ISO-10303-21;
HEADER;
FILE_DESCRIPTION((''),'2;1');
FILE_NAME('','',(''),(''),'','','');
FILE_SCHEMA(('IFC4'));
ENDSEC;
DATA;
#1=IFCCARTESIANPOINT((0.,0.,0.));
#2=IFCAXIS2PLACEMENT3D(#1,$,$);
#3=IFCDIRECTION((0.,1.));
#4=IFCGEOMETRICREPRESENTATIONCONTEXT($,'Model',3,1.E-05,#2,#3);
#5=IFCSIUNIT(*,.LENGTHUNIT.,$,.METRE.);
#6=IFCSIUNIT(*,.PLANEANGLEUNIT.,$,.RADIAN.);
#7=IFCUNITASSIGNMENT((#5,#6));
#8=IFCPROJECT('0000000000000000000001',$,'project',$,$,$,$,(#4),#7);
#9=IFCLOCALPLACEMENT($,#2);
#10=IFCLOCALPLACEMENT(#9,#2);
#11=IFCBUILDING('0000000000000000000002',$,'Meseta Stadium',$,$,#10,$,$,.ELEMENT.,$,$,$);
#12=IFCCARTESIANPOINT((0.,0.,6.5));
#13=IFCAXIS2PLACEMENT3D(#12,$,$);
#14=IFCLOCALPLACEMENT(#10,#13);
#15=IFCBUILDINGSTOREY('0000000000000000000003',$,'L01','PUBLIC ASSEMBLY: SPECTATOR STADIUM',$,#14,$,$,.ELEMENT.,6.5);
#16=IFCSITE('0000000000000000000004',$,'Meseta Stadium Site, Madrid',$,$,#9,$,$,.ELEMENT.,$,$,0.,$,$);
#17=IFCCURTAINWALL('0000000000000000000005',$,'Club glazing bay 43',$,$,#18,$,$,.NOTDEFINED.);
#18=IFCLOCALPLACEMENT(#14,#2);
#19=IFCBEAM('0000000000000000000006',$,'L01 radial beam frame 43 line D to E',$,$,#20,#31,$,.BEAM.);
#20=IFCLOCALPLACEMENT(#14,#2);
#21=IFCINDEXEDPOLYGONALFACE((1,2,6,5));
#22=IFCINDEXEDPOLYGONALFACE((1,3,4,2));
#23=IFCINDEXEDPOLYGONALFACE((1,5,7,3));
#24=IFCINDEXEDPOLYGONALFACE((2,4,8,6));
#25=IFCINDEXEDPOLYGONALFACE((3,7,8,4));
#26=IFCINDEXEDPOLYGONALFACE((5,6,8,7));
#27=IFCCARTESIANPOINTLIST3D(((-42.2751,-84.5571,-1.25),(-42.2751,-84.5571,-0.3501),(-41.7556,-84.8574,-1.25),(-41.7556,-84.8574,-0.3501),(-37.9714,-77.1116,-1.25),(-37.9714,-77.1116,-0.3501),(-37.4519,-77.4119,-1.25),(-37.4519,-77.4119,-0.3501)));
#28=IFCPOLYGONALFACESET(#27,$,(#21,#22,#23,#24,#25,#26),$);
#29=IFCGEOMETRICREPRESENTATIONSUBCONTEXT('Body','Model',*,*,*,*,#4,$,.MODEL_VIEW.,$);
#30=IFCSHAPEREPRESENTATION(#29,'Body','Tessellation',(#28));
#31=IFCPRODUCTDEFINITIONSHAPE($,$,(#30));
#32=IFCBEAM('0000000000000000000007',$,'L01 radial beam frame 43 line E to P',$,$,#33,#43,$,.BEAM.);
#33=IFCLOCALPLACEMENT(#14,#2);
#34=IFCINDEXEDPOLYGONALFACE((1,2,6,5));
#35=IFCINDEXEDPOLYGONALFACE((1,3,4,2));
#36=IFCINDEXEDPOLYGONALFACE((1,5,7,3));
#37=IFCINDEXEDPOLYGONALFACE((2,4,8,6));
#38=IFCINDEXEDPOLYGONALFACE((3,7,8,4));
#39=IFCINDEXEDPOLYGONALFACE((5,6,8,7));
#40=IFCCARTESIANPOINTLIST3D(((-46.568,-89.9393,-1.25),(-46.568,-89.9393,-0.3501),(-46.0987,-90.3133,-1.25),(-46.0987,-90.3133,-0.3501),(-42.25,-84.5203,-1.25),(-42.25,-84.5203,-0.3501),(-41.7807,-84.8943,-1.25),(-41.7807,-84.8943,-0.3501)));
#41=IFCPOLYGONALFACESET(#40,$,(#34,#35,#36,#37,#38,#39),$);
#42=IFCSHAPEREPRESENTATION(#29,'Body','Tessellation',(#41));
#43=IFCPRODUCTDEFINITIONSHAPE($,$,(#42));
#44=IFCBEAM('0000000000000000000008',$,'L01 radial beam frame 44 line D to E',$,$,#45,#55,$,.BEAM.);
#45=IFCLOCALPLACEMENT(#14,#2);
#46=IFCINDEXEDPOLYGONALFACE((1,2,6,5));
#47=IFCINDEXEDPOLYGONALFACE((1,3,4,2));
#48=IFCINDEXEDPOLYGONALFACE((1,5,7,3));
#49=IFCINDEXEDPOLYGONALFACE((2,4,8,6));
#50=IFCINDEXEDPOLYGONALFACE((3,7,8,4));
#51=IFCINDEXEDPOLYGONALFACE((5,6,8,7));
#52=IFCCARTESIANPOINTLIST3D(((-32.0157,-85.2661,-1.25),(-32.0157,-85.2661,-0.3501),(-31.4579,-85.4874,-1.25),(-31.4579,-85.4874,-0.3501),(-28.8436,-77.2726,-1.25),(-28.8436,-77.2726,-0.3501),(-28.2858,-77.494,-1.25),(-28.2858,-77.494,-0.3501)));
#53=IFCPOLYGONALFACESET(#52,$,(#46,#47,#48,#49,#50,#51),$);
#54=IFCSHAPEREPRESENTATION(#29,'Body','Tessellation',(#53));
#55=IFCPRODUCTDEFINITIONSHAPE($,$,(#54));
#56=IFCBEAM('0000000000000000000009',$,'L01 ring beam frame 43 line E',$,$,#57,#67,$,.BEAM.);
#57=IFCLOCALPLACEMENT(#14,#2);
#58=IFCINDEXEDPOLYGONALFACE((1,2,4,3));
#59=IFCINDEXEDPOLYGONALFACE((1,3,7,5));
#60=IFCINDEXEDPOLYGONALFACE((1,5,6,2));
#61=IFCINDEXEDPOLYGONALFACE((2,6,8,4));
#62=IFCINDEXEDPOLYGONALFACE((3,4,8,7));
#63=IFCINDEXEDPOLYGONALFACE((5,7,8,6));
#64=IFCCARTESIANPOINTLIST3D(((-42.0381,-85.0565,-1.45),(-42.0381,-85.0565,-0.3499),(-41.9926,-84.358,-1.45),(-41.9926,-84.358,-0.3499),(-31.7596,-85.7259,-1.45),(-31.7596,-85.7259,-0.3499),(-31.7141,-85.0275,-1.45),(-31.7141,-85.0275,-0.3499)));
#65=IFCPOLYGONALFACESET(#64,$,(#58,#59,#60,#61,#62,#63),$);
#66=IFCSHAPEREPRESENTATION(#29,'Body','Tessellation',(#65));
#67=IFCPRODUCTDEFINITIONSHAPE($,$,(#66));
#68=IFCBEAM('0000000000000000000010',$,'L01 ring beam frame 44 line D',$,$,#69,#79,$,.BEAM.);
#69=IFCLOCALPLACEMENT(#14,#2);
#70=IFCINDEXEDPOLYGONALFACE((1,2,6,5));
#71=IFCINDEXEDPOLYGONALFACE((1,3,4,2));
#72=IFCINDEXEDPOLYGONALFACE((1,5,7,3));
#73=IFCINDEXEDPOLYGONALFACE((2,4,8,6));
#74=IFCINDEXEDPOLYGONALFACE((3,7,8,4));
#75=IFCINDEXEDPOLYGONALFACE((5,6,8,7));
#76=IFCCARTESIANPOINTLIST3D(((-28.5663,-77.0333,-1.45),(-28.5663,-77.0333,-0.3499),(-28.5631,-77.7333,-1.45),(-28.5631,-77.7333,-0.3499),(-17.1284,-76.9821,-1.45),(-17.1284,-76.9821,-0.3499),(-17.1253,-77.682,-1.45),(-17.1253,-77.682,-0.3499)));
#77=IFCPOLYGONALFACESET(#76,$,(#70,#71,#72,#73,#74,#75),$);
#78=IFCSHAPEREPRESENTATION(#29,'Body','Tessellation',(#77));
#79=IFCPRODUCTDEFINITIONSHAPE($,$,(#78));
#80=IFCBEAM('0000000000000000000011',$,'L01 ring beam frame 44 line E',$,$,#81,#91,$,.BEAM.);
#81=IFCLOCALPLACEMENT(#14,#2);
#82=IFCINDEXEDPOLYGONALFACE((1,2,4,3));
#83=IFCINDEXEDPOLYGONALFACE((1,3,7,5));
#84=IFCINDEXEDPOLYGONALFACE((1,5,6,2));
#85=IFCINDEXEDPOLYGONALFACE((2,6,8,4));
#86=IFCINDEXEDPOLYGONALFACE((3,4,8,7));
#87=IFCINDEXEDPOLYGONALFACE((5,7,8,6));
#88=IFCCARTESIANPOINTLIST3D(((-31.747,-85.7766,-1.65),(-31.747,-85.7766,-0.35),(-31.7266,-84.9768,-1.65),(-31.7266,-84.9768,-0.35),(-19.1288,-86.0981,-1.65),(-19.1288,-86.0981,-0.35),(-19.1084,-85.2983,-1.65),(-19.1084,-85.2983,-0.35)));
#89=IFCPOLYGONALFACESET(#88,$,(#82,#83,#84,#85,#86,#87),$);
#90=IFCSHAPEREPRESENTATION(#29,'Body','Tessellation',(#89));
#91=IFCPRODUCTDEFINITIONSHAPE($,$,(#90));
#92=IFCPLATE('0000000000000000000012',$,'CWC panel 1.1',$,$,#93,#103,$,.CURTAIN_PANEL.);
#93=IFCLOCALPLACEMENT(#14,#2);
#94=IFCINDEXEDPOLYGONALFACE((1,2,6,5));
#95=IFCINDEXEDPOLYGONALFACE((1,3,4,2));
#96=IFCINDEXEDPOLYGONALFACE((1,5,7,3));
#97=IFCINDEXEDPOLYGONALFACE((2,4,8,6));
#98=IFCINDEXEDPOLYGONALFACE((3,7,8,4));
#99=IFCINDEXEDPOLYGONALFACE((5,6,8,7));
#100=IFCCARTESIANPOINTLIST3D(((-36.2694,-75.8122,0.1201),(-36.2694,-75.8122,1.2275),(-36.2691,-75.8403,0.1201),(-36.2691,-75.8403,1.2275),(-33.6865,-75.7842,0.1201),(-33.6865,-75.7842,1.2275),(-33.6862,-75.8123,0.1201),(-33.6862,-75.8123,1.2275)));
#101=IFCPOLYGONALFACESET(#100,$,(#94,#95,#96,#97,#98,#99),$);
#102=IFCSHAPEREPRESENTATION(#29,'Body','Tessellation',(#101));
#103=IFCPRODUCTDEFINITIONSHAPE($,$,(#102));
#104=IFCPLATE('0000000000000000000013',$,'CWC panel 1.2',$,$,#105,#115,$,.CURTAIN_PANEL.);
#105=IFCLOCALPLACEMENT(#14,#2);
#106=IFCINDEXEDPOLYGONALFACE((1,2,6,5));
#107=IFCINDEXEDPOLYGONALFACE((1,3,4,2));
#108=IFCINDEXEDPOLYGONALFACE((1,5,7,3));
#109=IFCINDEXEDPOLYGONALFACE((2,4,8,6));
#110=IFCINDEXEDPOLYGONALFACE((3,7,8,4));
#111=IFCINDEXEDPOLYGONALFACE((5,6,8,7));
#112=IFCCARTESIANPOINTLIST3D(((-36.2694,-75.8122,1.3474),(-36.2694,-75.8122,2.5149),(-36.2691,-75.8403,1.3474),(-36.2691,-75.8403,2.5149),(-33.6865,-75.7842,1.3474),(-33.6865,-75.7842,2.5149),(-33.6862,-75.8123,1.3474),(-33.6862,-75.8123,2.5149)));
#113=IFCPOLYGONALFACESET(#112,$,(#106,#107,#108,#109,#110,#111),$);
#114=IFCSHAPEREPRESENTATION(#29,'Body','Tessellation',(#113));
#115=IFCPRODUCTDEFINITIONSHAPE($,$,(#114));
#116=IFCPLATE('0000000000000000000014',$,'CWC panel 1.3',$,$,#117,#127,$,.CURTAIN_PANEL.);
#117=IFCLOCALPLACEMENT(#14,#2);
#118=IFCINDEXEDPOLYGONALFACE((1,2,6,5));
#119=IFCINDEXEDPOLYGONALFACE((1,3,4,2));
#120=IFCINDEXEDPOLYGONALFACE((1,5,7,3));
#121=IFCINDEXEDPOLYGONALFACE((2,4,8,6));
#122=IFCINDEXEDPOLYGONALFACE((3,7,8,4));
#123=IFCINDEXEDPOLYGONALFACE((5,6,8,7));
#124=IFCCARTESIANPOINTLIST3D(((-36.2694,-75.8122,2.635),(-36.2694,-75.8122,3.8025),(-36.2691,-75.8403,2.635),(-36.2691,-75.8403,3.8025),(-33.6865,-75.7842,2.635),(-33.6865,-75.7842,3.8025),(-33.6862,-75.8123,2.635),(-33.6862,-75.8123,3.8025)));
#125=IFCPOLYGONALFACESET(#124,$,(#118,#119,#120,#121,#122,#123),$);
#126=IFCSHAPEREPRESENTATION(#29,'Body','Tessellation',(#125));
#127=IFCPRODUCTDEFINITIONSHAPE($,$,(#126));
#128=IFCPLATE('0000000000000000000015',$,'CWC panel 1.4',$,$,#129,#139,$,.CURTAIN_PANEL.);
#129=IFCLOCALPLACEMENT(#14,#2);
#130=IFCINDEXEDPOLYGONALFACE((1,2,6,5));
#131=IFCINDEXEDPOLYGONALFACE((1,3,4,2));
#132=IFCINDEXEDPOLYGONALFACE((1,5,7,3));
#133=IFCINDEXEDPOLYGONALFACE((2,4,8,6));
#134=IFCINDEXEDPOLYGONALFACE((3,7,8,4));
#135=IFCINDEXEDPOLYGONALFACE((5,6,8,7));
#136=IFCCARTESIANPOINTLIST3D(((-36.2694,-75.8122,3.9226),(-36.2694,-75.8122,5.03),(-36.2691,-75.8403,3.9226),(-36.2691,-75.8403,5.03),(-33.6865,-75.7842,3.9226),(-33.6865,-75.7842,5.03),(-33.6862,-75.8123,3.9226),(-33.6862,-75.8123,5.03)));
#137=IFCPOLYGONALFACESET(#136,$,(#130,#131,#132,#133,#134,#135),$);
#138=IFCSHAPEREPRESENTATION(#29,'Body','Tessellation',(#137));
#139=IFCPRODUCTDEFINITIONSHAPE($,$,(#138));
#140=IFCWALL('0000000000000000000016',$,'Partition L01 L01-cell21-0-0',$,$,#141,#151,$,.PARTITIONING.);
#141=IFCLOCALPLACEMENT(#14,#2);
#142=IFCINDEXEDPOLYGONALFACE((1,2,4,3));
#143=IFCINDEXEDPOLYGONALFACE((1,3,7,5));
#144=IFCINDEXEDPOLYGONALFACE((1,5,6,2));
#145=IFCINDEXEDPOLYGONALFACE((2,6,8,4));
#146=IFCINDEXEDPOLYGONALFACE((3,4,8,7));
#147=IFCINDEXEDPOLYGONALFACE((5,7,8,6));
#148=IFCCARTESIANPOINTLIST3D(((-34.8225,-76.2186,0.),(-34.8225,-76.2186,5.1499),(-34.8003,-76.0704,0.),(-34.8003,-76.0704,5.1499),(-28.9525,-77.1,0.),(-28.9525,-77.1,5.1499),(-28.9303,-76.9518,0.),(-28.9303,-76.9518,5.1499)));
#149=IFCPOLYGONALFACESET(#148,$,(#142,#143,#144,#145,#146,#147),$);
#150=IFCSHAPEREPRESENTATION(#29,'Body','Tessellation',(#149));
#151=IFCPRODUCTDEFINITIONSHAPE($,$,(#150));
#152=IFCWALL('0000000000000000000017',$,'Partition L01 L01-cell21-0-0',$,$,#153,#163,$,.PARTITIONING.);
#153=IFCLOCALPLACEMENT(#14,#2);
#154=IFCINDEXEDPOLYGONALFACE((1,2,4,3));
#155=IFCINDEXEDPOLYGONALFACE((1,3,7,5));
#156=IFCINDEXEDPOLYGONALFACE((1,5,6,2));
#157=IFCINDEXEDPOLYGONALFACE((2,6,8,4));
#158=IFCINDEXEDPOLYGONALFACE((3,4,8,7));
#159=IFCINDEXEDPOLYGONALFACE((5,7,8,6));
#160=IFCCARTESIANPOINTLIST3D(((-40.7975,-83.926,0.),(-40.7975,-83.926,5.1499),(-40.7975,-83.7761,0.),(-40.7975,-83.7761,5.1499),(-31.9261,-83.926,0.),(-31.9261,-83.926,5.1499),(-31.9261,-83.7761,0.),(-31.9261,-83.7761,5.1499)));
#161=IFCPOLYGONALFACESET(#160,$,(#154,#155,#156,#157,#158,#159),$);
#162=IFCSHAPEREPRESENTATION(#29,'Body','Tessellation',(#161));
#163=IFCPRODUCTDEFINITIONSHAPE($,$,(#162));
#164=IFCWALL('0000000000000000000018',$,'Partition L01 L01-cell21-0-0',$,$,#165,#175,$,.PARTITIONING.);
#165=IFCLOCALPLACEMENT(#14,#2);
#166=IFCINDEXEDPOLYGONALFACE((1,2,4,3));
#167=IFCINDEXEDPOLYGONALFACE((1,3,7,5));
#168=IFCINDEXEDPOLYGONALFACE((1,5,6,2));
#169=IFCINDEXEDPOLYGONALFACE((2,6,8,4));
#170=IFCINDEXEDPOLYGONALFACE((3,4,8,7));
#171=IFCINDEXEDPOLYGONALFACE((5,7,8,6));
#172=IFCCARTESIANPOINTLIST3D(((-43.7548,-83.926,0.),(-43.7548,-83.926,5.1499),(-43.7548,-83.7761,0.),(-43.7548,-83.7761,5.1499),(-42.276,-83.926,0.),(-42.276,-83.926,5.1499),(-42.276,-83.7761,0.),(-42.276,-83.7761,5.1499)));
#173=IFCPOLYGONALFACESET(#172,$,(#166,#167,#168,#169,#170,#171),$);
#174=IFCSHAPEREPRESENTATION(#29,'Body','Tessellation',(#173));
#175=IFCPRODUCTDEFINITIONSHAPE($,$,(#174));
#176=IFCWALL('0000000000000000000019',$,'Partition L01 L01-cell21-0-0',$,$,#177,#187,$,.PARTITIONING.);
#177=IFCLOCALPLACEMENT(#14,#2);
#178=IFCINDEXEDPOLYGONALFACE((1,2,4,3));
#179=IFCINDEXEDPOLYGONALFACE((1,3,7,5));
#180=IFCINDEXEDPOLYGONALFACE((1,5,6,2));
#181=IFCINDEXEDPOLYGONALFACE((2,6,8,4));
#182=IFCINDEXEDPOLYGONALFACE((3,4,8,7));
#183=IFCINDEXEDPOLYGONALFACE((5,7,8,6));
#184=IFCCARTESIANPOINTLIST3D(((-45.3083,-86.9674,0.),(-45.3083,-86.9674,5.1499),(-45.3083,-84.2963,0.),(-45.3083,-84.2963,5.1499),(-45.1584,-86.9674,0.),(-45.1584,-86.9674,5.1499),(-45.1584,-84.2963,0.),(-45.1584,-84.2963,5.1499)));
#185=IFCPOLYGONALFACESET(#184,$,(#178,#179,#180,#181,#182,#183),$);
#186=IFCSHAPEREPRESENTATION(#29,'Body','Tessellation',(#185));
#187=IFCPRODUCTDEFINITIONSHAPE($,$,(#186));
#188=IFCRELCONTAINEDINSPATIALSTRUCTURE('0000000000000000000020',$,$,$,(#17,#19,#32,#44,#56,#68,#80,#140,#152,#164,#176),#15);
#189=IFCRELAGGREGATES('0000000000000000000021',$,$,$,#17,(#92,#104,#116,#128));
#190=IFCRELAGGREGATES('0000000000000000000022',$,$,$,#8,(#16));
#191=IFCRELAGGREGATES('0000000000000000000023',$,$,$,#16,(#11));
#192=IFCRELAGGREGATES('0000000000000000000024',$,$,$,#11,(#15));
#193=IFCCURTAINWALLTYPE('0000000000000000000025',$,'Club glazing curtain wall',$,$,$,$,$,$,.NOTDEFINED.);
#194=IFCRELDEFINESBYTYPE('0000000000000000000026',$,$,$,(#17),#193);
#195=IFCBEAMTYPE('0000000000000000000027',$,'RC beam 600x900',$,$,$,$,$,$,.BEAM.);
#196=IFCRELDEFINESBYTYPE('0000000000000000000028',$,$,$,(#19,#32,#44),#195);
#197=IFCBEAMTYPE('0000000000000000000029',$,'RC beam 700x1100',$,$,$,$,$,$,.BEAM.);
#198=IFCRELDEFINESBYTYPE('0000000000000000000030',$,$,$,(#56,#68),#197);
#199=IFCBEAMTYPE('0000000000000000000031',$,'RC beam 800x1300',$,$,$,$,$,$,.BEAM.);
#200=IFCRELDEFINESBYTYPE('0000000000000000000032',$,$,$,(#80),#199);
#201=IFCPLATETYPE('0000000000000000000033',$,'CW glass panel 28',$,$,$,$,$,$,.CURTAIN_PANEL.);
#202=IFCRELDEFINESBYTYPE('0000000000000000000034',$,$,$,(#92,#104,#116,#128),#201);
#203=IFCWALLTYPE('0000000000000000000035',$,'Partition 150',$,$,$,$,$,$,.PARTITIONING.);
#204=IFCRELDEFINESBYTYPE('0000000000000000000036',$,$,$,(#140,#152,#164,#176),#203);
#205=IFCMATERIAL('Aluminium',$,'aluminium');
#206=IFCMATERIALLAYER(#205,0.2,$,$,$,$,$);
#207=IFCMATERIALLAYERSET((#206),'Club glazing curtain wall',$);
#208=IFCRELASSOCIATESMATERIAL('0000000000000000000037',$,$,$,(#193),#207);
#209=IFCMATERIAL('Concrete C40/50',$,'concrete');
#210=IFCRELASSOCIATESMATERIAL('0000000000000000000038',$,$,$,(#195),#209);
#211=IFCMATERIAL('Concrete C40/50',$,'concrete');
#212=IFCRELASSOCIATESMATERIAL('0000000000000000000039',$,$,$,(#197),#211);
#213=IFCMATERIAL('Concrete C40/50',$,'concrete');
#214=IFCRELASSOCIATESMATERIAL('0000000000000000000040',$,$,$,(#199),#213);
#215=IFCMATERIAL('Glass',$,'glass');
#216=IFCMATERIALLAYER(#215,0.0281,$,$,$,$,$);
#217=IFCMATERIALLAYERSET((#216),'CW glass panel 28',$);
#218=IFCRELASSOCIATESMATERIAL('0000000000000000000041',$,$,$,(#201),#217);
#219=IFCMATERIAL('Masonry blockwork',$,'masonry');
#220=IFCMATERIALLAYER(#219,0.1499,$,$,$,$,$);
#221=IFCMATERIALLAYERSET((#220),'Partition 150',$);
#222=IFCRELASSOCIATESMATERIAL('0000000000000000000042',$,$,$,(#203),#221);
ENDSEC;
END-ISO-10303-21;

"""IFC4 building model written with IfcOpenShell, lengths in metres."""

from ifc_helpers import new_model, si_unit, direction, frame, frame_2d, origin, origin_2d, place, context, subcontext, project, spatial, rectangle, extrude, material, layer, layer_set, material_profile, profile_set, type_object, element, aggregate, save


model = new_model("IFC4")

# Units and contexts
model_context = context("Model", 3, precision=1e-05, world=origin(), true_north=direction((0.0, 1.0)))
body_context = subcontext(model_context, "Body", "Model", "MODEL_VIEW")
ifc_project = project(units=[si_unit("LENGTHUNIT", "METRE"), si_unit("PLANEANGLEUNIT", "RADIAN")], contexts=[model_context])

# Site, building, storey
site_placement = place(None, origin())
site = spatial("IfcSite", under=ifc_project, at=site_placement, Name="Meseta Stadium Site, Madrid", CompositionType="ELEMENT", RefElevation=0.0)
building_placement = place(site_placement, origin())
building = spatial("IfcBuilding", under=site, at=building_placement, Name="Meseta Stadium", CompositionType="ELEMENT")
storey_placement = place(building_placement, frame((0.0, 0.0, 6.5)))
storey = spatial("IfcBuildingStorey", under=building, at=storey_placement, Name="L01", Description="PUBLIC ASSEMBLY: SPECTATOR STADIUM", CompositionType="ELEMENT", Elevation=6.5)

# Curtain wall
ifc_material_1 = material(Name="Aluminium", Category="aluminium")
ifc_layer_1 = layer(ifc_material_1, 0.2)
ifc_layer_set_1 = layer_set([ifc_layer_1], Name="Club glazing curtain wall")
curtain_wall_type = type_object("IfcCurtainWallType", Name="Club glazing curtain wall", PredefinedType="NOTDEFINED", material=ifc_layer_set_1)
curtain_wall_placement = place(storey_placement, origin())
curtain_wall = element("IfcCurtainWall", 1, at=curtain_wall_placement, inside=storey, type_object=curtain_wall_type, Name="Club glazing bay 43", PredefinedType="NOTDEFINED")

# Beams
ifc_material_2 = material(Name="Concrete C40/50", Category="concrete")
ifc_material_profile_1 = material_profile(ifc_material_2, rectangle(XDim=0.6001, YDim=0.8999, at=origin_2d()), Name="RC 600x900")
ifc_profile_set_1 = profile_set([ifc_material_profile_1], Name="Concrete C40/50")
beam_type_1 = type_object("IfcBeamType", Name="RC beam 600x900", PredefinedType="BEAM", material=ifc_profile_set_1)
beam_1_placement = place(storey_placement, frame((-37.7117, -77.2617, -0.8), z_axis=(-0.500437, -0.865773, 0.0), x_axis=(0.865773, -0.500437, 0.0)))
element("IfcBeam", 2, at=beam_1_placement, inside=storey, type_object=beam_type_1, Name="L01 radial beam frame 43 line D to E", PredefinedType="BEAM", context=body_context, shape_type="SweptSolid", body=[
    extrude(rectangle(XDim=0.6001, YDim=0.8999, at=origin_2d()), origin(), (0.0, 0.0, 1.0), 8.5999),
])
beam_2_placement = place(storey_placement, frame((-42.0154, -84.7073, -0.8), z_axis=(-0.623173, -0.782084, 0.0), x_axis=(0.782084, -0.623173, 0.0)))
element("IfcBeam", 3, at=beam_2_placement, inside=storey, type_object=beam_type_1, Name="L01 radial beam frame 43 line E to P", PredefinedType="BEAM", context=body_context, shape_type="SweptSolid", body=[
    extrude(rectangle(XDim=0.6001, YDim=0.8999, at=origin_2d()), origin(), (0.0, 0.0, 1.0), 6.929),
])
beam_3_placement = place(storey_placement, frame((-28.5647, -77.3833, -0.8), z_axis=(-0.368859, -0.929485, 0.0), x_axis=(0.929485, -0.368859, 0.0)))
element("IfcBeam", 4, at=beam_3_placement, inside=storey, type_object=beam_type_1, Name="L01 radial beam frame 44 line D to E", PredefinedType="BEAM", context=body_context, shape_type="SweptSolid", body=[
    extrude(rectangle(XDim=0.6001, YDim=0.8999, at=origin_2d()), origin(), (0.0, 0.0, 1.0), 8.5999),
])
ifc_material_3 = material(Name="Concrete C40/50", Category="concrete")
ifc_material_profile_2 = material_profile(ifc_material_3, rectangle(XDim=0.7, YDim=1.1001, at=origin_2d()), Name="RC 700x1100")
ifc_profile_set_2 = profile_set([ifc_material_profile_2], Name="Concrete C40/50")
beam_type_2 = type_object("IfcBeamType", Name="RC beam 700x1100", PredefinedType="BEAM", material=ifc_profile_set_2)
beam_4_placement = place(storey_placement, frame((-42.0154, -84.7073, -0.8999), z_axis=(0.997886, -0.064991, 0.0), x_axis=(0.064991, 0.997886, 0.0)))
element("IfcBeam", 5, at=beam_4_placement, inside=storey, type_object=beam_type_2, Name="L01 ring beam frame 43 line E", PredefinedType="BEAM", context=body_context, shape_type="SweptSolid", body=[
    extrude(rectangle(XDim=0.7, YDim=1.1001, at=origin_2d()), origin(), (0.0, 0.0, 1.0), 10.3003),
])
beam_5_placement = place(storey_placement, frame((-28.5647, -77.3833, -0.8999), z_axis=(0.99999, 0.004482, 0.0), x_axis=(-0.004482, 0.99999, 0.0)))
element("IfcBeam", 6, at=beam_5_placement, inside=storey, type_object=beam_type_2, Name="L01 ring beam frame 44 line D", PredefinedType="BEAM", context=body_context, shape_type="SweptSolid", body=[
    extrude(rectangle(XDim=0.7, YDim=1.1001, at=origin_2d()), origin(), (0.0, 0.0, 1.0), 11.438),
])
ifc_material_4 = material(Name="Concrete C40/50", Category="concrete")
ifc_material_profile_3 = material_profile(ifc_material_4, rectangle(XDim=0.8, YDim=1.3, at=origin_2d()), Name="RC 800x1300")
ifc_profile_set_3 = profile_set([ifc_material_profile_3], Name="Concrete C40/50")
beam_type_3 = type_object("IfcBeamType", Name="RC beam 800x1300", PredefinedType="BEAM", material=ifc_profile_set_3)
beam_6_placement = place(storey_placement, frame((-31.7368, -85.3767, -1.0), z_axis=(0.999675, -0.025474, 0.0), x_axis=(0.025474, 0.999675, 0.0)))
element("IfcBeam", 7, at=beam_6_placement, inside=storey, type_object=beam_type_3, Name="L01 ring beam frame 44 line E", PredefinedType="BEAM", context=body_context, shape_type="SweptSolid", body=[
    extrude(rectangle(XDim=0.8, YDim=1.3, at=origin_2d()), origin(), (0.0, 0.0, 1.0), 12.6223),
])

# Plates
ifc_material_5 = material(Name="Glass", Category="glass")
ifc_layer_2 = layer(ifc_material_5, 0.0281)
ifc_layer_set_2 = layer_set([ifc_layer_2], Name="CW glass panel 28")
plate_type = type_object("IfcPlateType", Name="CW glass panel 28", PredefinedType="CURTAIN_PANEL", material=ifc_layer_set_2)
plate_1_placement = place(storey_placement, frame((-34.9778, -75.8123, 0.1201), z_axis=(0.0, 0.0, 1.0), x_axis=(0.999941, 0.010843, 0.0)))
plate_1 = element("IfcPlate", 8, at=plate_1_placement, type_object=plate_type, Name="CWC panel 1.1", PredefinedType="CURTAIN_PANEL", context=body_context, shape_type="SweptSolid", body=[
    extrude(rectangle(XDim=2.583, YDim=0.0281, at=origin_2d()), origin(), (0.0, 0.0, 1.0), 1.1074),
])
plate_2_placement = place(storey_placement, frame((-34.9778, -75.8123, 1.3474), z_axis=(0.0, 0.0, 1.0), x_axis=(0.999941, 0.010843, 0.0)))
plate_2 = element("IfcPlate", 9, at=plate_2_placement, type_object=plate_type, Name="CWC panel 1.2", PredefinedType="CURTAIN_PANEL", context=body_context, shape_type="SweptSolid", body=[
    extrude(rectangle(XDim=2.583, YDim=0.0281, at=origin_2d()), origin(), (0.0, 0.0, 1.0), 1.1675),
])
plate_3_placement = place(storey_placement, frame((-34.9778, -75.8123, 2.635), z_axis=(0.0, 0.0, 1.0), x_axis=(0.999941, 0.010843, 0.0)))
plate_3 = element("IfcPlate", 10, at=plate_3_placement, type_object=plate_type, Name="CWC panel 1.3", PredefinedType="CURTAIN_PANEL", context=body_context, shape_type="SweptSolid", body=[
    extrude(rectangle(XDim=2.583, YDim=0.0281, at=origin_2d()), origin(), (0.0, 0.0, 1.0), 1.1675),
])
plate_4_placement = place(storey_placement, frame((-34.9778, -75.8123, 3.9226), z_axis=(0.0, 0.0, 1.0), x_axis=(0.999941, 0.010843, 0.0)))
plate_4 = element("IfcPlate", 11, at=plate_4_placement, type_object=plate_type, Name="CWC panel 1.4", PredefinedType="CURTAIN_PANEL", context=body_context, shape_type="SweptSolid", body=[
    extrude(rectangle(XDim=2.583, YDim=0.0281, at=origin_2d()), origin(), (0.0, 0.0, 1.0), 1.1074),
])
aggregate(curtain_wall, [plate_1, plate_2, plate_3, plate_4])

# Walls
ifc_material_6 = material(Name="Masonry blockwork", Category="masonry")
ifc_layer_3 = layer(ifc_material_6, 0.1499)
ifc_layer_set_3 = layer_set([ifc_layer_3], Name="Partition 150")
wall_type = type_object("IfcWallType", Name="Partition 150", PredefinedType="PARTITIONING", material=ifc_layer_set_3)
wall_1_placement = place(storey_placement, frame((-34.8113, -76.1445, 0.0), z_axis=(0.0, 0.0, 1.0), x_axis=(0.988915, -0.148483, 0.0)))
element("IfcWall", 12, at=wall_1_placement, inside=storey, type_object=wall_type, Name="Partition L01 L01-cell21-0-0", PredefinedType="PARTITIONING", context=body_context, shape_type="SweptSolid", body=[
    extrude(rectangle(XDim=5.9358, YDim=0.1499, at=frame_2d((2.9678, 0.0))), origin(), (0.0, 0.0, 1.0), 5.1499),
])
wall_2_placement = place(storey_placement, frame((-31.9263, -83.8511, 0.0), z_axis=(0.0, 0.0, 1.0), x_axis=(-1.0, 0.0, 0.0)))
element("IfcWall", 13, at=wall_2_placement, inside=storey, type_object=wall_type, Name="Partition L01 L01-cell21-0-0", PredefinedType="PARTITIONING", context=body_context, shape_type="SweptSolid", body=[
    extrude(rectangle(XDim=8.8713, YDim=0.1499, at=frame_2d((4.4355, 0.0))), origin(), (0.0, 0.0, 1.0), 5.1499),
])
wall_3_placement = place(storey_placement, frame((-42.2761, -83.8511, 0.0), z_axis=(0.0, 0.0, 1.0), x_axis=(-1.0, 0.0, 0.0)))
element("IfcWall", 14, at=wall_3_placement, inside=storey, type_object=wall_type, Name="Partition L01 L01-cell21-0-0", PredefinedType="PARTITIONING", context=body_context, shape_type="SweptSolid", body=[
    extrude(rectangle(XDim=1.4788, YDim=0.1499, at=frame_2d((0.7393, 0.0))), origin(), (0.0, 0.0, 1.0), 5.1499),
])
wall_4_placement = place(storey_placement, frame((-45.2334, -84.2964, 0.0), z_axis=(0.0, 0.0, 1.0), x_axis=(0.0, -1.0, 0.0)))
element("IfcWall", 15, at=wall_4_placement, inside=storey, type_object=wall_type, Name="Partition L01 L01-cell21-0-0", PredefinedType="PARTITIONING", context=body_context, shape_type="SweptSolid", body=[
    extrude(rectangle(XDim=2.6711, YDim=0.1499, at=frame_2d((1.3354, 0.0))), origin(), (0.0, 0.0, 1.0), 5.1499),
])

save(model, "model.ifc")
